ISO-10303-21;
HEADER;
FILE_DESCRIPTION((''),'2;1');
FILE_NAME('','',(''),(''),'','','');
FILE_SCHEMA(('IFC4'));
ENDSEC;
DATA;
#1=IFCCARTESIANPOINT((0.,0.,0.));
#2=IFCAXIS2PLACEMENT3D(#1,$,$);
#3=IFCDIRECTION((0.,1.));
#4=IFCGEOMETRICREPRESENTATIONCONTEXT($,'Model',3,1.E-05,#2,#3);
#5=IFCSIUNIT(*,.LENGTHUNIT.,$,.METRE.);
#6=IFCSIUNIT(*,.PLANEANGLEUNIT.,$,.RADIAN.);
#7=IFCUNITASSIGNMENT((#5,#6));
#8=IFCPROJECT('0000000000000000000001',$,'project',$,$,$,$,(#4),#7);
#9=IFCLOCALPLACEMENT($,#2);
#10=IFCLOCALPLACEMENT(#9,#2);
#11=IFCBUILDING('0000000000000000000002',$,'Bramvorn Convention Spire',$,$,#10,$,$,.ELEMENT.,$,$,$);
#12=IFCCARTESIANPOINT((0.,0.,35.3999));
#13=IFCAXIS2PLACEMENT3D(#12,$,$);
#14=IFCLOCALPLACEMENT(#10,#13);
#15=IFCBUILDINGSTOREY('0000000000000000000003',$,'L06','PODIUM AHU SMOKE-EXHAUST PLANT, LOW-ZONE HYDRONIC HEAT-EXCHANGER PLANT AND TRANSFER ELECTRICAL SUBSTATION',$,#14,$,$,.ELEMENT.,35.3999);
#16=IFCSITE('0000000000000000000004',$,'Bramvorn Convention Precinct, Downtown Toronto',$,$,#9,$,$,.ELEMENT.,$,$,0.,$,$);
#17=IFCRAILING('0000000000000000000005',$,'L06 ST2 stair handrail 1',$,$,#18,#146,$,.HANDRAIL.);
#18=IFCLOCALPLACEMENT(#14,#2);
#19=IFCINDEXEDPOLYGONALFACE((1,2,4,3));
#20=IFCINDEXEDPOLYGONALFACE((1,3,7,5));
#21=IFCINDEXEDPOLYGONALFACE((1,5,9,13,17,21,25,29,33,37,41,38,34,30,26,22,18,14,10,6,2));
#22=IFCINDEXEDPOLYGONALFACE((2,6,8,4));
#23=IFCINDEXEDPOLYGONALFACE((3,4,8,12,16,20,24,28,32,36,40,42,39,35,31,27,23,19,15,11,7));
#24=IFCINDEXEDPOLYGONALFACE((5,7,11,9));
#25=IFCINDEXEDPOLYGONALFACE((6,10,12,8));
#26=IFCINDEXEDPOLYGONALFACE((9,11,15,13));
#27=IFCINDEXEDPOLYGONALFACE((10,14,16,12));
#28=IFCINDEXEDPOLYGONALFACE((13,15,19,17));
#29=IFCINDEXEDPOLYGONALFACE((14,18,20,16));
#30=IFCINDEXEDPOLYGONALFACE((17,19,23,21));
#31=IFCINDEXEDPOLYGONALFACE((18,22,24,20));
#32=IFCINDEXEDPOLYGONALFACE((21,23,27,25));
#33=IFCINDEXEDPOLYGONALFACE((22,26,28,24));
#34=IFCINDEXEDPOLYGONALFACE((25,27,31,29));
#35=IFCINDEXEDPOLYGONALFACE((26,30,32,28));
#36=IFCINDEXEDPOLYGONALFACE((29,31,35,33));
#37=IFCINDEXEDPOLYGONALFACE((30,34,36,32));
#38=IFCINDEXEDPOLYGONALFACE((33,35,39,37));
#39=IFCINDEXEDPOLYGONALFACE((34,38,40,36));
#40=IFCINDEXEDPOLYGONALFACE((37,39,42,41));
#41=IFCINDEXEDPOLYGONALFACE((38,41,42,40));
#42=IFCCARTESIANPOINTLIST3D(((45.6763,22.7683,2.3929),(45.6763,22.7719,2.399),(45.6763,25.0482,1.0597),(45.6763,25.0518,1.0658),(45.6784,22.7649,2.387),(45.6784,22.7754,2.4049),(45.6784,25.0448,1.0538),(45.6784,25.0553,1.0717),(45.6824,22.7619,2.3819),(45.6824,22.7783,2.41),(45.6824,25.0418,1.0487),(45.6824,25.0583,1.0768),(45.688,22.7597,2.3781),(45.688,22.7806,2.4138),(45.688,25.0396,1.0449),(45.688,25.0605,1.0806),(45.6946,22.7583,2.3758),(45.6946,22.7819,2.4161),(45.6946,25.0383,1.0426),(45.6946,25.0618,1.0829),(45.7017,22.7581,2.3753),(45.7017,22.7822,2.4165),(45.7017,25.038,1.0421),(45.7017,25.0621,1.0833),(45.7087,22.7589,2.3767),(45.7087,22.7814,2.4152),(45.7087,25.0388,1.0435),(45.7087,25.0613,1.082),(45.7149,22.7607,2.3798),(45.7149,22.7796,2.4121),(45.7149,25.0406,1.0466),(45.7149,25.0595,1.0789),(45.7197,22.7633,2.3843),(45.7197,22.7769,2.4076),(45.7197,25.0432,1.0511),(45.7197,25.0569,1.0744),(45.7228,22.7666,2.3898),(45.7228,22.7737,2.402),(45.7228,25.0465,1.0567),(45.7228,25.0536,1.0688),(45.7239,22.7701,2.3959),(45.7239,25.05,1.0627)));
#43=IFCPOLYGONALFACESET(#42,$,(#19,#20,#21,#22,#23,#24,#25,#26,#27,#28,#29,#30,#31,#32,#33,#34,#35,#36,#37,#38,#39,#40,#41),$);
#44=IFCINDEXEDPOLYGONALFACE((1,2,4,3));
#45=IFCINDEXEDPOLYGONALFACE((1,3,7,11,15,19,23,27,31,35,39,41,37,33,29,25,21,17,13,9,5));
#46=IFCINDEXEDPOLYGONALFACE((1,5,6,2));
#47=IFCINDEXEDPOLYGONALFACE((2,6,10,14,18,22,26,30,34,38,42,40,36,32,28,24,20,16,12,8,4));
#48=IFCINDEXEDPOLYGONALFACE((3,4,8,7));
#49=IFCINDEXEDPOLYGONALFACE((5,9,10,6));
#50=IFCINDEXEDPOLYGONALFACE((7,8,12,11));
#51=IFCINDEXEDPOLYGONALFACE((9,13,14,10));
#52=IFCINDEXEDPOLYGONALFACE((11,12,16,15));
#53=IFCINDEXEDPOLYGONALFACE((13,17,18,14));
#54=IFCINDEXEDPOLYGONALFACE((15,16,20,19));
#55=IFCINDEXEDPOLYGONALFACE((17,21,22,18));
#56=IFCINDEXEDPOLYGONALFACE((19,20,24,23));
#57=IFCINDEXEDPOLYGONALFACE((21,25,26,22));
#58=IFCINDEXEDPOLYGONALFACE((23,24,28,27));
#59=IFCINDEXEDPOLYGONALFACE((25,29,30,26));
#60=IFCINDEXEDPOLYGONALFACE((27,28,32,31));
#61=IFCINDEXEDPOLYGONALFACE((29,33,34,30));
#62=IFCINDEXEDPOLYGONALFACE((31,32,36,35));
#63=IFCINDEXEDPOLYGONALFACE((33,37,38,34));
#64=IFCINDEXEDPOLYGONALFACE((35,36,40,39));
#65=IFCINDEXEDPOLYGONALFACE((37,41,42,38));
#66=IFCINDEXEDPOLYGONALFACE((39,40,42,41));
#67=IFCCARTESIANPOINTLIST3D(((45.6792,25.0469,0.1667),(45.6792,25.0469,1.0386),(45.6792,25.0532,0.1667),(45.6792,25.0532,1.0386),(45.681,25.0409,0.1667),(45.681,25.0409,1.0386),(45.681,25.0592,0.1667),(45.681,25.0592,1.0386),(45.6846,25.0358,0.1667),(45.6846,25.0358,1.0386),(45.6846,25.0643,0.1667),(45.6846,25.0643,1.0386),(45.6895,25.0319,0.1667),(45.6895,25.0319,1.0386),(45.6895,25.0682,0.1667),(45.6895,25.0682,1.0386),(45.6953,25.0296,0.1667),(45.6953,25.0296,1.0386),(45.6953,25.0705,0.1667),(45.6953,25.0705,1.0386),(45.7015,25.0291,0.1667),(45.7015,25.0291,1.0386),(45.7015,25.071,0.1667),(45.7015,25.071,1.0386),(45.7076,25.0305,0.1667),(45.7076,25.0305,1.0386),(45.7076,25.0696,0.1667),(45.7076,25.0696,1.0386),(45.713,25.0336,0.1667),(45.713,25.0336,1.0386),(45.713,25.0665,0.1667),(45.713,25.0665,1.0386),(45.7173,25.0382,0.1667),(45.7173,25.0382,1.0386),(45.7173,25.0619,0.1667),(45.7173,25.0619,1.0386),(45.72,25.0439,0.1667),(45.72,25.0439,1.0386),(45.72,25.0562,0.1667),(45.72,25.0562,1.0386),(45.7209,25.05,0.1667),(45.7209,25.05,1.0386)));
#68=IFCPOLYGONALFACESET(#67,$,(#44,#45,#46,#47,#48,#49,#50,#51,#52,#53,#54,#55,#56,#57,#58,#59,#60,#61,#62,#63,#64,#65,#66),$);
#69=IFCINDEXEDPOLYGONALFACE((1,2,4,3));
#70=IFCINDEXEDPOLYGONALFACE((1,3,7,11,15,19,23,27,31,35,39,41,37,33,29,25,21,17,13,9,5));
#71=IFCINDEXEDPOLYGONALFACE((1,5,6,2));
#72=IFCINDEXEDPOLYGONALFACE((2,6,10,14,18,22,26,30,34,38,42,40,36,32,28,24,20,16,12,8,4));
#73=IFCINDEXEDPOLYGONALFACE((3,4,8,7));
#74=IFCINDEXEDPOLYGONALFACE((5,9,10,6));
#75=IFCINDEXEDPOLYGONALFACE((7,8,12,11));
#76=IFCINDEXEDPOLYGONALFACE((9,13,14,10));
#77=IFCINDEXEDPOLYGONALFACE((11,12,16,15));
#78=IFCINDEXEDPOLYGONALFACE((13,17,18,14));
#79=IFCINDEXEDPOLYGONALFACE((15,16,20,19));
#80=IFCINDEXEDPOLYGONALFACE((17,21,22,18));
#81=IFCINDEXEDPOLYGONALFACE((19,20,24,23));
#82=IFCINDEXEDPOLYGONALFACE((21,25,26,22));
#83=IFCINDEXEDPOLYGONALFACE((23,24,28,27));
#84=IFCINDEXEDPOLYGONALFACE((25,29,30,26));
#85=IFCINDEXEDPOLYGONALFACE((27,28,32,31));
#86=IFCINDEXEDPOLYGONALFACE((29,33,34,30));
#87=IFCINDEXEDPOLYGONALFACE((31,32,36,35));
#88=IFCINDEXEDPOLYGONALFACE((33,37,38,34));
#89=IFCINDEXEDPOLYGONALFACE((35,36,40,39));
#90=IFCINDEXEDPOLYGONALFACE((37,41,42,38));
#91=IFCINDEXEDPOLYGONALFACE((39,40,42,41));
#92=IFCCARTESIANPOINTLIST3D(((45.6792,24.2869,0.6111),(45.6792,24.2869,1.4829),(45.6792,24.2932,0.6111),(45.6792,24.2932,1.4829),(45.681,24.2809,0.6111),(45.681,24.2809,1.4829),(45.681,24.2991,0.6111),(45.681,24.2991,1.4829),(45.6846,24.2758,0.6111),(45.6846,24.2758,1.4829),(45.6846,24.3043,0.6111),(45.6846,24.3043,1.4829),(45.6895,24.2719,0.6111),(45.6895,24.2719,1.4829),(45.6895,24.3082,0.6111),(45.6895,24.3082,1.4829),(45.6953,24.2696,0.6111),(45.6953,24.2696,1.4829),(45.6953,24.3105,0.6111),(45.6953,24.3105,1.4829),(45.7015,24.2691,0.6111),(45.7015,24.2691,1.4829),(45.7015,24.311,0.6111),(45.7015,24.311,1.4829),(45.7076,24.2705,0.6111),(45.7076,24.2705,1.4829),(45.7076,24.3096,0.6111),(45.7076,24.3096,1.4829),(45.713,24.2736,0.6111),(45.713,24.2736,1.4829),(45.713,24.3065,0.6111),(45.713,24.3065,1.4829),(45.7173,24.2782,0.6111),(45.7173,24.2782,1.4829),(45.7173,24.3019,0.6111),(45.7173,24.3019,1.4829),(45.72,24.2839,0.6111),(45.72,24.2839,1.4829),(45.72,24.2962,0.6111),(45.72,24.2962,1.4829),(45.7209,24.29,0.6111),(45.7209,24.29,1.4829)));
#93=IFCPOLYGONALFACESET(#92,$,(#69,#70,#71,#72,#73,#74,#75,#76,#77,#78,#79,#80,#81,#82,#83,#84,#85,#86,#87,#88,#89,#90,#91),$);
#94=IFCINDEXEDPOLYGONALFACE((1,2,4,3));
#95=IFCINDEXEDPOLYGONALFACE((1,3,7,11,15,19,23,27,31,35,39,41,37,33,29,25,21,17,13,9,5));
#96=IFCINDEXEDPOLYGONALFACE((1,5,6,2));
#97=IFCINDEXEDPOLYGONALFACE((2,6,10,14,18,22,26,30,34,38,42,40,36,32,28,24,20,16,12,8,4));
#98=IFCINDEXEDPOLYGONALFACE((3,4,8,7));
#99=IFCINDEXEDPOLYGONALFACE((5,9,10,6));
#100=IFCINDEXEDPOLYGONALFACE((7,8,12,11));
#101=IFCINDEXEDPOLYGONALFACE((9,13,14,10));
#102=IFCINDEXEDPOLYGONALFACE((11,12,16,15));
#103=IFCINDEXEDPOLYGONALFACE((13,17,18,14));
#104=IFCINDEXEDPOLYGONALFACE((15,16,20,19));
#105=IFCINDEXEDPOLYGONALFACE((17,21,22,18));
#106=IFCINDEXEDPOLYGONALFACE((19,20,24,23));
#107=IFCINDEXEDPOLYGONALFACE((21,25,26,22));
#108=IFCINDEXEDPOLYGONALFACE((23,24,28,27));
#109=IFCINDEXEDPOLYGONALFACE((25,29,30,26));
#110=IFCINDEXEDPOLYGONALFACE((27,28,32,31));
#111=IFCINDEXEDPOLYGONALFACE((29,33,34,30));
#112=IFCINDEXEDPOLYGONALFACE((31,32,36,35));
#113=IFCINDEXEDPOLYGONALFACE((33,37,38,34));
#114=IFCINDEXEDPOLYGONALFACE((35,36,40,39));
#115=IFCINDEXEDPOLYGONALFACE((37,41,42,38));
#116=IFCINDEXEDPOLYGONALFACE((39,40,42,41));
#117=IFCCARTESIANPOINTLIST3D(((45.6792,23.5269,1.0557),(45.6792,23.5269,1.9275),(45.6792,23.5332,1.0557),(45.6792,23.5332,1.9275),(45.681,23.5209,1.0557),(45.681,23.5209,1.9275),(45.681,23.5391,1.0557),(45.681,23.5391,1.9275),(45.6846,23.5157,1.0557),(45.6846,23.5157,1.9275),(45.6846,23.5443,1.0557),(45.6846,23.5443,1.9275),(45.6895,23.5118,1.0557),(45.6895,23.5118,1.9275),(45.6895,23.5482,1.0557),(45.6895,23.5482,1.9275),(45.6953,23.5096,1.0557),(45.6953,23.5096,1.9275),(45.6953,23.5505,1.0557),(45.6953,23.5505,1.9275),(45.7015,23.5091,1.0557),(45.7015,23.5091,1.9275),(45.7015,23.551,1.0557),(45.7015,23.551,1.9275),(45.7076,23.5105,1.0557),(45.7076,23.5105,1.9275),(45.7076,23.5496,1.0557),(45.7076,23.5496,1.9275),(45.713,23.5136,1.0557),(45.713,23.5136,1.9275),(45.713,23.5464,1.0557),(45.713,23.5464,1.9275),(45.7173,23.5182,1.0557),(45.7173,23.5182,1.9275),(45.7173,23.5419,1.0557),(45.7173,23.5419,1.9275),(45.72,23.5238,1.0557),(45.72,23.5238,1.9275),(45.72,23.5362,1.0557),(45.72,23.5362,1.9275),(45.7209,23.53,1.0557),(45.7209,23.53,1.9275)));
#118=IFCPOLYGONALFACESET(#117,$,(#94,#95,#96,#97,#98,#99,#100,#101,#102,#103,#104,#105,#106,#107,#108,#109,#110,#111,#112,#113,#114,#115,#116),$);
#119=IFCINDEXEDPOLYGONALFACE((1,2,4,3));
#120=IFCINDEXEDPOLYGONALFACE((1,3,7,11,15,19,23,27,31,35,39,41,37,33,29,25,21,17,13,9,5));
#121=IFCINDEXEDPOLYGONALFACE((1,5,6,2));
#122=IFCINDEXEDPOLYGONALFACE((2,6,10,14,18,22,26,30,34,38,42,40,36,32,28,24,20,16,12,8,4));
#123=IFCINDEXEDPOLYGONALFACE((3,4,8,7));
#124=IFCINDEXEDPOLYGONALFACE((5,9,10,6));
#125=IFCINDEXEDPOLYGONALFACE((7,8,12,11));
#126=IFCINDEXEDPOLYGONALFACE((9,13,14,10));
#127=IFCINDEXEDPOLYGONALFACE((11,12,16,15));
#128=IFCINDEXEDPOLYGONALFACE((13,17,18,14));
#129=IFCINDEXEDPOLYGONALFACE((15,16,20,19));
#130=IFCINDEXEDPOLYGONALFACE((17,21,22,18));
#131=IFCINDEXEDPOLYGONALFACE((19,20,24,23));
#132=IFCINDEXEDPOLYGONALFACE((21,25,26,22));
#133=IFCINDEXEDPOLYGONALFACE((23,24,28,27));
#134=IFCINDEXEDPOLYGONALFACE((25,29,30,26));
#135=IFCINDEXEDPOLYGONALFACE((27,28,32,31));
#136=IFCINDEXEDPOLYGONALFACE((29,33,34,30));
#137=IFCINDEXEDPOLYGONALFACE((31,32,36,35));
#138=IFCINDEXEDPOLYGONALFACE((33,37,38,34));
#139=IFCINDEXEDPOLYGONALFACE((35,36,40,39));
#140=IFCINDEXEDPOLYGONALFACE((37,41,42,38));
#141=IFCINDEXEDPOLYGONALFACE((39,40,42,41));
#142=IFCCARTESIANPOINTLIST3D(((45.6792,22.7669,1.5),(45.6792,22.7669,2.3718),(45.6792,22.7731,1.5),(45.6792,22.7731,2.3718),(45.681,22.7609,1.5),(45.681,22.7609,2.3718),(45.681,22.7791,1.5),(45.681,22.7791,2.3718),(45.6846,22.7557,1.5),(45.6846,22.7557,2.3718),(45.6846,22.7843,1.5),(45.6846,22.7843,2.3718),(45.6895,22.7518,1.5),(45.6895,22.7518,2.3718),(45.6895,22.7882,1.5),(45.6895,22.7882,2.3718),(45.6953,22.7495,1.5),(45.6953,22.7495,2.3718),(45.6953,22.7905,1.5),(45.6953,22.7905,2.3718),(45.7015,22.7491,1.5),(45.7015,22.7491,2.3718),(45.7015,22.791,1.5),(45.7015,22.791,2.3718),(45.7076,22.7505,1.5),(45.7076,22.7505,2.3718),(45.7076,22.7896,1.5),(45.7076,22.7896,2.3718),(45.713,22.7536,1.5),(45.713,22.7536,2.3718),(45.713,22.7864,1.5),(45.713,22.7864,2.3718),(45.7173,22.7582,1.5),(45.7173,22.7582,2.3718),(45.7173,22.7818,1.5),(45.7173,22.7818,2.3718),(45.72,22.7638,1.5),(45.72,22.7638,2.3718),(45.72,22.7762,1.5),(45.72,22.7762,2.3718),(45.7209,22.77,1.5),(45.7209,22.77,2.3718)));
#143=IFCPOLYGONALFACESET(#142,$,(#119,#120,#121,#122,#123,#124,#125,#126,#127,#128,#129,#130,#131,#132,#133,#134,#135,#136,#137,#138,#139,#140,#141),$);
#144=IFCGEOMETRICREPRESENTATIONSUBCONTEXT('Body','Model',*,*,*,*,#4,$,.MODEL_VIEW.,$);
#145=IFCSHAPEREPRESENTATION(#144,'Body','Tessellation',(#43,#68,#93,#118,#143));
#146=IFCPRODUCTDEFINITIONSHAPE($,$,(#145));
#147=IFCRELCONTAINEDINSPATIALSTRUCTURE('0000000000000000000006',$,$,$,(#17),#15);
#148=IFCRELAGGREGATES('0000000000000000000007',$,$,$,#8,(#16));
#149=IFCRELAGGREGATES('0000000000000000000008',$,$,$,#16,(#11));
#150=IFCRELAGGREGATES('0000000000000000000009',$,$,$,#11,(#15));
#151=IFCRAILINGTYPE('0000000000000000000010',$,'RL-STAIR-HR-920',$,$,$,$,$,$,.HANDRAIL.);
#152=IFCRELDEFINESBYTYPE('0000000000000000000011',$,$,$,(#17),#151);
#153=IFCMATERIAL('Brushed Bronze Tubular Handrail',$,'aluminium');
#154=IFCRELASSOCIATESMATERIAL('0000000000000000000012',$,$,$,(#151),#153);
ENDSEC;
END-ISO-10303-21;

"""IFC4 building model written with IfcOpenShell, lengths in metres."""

from ifc_helpers import new_model, si_unit, direction, frame, origin, origin_2d, place, context, subcontext, project, spatial, circle, extrude, material, type_object, element, save


model = new_model("IFC4")

# Units and contexts
model_context = context("Model", 3, precision=1e-05, world=origin(), true_north=direction((0.0, 1.0)))
body_context = subcontext(model_context, "Body", "Model", "MODEL_VIEW")
ifc_project = project(units=[si_unit("LENGTHUNIT", "METRE"), si_unit("PLANEANGLEUNIT", "RADIAN")], contexts=[model_context])

# Site, building, storey
site_placement = place(None, origin())
site = spatial("IfcSite", under=ifc_project, at=site_placement, Name="Bramvorn Convention Precinct, Downtown Toronto", CompositionType="ELEMENT", RefElevation=0.0)
building_placement = place(site_placement, origin())
building = spatial("IfcBuilding", under=site, at=building_placement, Name="Bramvorn Convention Spire", CompositionType="ELEMENT")
storey_placement = place(building_placement, frame((0.0, 0.0, 35.3999)))
storey = spatial("IfcBuildingStorey", under=building, at=storey_placement, Name="L06", Description="PODIUM AHU SMOKE-EXHAUST PLANT, LOW-ZONE HYDRONIC HEAT-EXCHANGER PLANT AND TRANSFER ELECTRICAL SUBSTATION", CompositionType="ELEMENT", Elevation=35.3999)

# Railing
ifc_material_1 = material(Name="Brushed Bronze Tubular Handrail", Category="aluminium")
railing_type_1 = type_object("IfcRailingType", Name="RL-STAIR-HR-920", PredefinedType="HANDRAIL", material=ifc_material_1)
for number, where, name in (
    (1, (45.7, 25.05, 0.1667), "L06 ST2 stair handrail 1"),
):
    element("IfcRailing", number, at=place(storey_placement, frame(where)), inside=storey, type_object=railing_type_1, Name=name, PredefinedType="HANDRAIL", context=body_context, shape_type="SweptSolid", body=[
        extrude(circle(Radius=0.0239, at=origin_2d()), frame((0.0, 0.0, 0.896), z_axis=(0.0, -0.863245, 0.504785), x_axis=(1.0, 0.0, 0.0)), (0.0, 0.0, 1.0), 2.6411),
        extrude(circle(Radius=0.021, at=origin_2d()), origin(), (0.0, 0.0, 1.0), 0.8718),
        extrude(circle(Radius=0.021, at=origin_2d()), frame((0.0, -0.76, 0.4443)), (0.0, 0.0, 1.0), 0.8718),
        extrude(circle(Radius=0.021, at=origin_2d()), frame((0.0, -1.52, 0.8889)), (0.0, 0.0, 1.0), 0.8718),
        extrude(circle(Radius=0.021, at=origin_2d()), frame((0.0, -2.28, 1.3333)), (0.0, 0.0, 1.0), 0.8718),
    ])

save(model, "model.ifc")
